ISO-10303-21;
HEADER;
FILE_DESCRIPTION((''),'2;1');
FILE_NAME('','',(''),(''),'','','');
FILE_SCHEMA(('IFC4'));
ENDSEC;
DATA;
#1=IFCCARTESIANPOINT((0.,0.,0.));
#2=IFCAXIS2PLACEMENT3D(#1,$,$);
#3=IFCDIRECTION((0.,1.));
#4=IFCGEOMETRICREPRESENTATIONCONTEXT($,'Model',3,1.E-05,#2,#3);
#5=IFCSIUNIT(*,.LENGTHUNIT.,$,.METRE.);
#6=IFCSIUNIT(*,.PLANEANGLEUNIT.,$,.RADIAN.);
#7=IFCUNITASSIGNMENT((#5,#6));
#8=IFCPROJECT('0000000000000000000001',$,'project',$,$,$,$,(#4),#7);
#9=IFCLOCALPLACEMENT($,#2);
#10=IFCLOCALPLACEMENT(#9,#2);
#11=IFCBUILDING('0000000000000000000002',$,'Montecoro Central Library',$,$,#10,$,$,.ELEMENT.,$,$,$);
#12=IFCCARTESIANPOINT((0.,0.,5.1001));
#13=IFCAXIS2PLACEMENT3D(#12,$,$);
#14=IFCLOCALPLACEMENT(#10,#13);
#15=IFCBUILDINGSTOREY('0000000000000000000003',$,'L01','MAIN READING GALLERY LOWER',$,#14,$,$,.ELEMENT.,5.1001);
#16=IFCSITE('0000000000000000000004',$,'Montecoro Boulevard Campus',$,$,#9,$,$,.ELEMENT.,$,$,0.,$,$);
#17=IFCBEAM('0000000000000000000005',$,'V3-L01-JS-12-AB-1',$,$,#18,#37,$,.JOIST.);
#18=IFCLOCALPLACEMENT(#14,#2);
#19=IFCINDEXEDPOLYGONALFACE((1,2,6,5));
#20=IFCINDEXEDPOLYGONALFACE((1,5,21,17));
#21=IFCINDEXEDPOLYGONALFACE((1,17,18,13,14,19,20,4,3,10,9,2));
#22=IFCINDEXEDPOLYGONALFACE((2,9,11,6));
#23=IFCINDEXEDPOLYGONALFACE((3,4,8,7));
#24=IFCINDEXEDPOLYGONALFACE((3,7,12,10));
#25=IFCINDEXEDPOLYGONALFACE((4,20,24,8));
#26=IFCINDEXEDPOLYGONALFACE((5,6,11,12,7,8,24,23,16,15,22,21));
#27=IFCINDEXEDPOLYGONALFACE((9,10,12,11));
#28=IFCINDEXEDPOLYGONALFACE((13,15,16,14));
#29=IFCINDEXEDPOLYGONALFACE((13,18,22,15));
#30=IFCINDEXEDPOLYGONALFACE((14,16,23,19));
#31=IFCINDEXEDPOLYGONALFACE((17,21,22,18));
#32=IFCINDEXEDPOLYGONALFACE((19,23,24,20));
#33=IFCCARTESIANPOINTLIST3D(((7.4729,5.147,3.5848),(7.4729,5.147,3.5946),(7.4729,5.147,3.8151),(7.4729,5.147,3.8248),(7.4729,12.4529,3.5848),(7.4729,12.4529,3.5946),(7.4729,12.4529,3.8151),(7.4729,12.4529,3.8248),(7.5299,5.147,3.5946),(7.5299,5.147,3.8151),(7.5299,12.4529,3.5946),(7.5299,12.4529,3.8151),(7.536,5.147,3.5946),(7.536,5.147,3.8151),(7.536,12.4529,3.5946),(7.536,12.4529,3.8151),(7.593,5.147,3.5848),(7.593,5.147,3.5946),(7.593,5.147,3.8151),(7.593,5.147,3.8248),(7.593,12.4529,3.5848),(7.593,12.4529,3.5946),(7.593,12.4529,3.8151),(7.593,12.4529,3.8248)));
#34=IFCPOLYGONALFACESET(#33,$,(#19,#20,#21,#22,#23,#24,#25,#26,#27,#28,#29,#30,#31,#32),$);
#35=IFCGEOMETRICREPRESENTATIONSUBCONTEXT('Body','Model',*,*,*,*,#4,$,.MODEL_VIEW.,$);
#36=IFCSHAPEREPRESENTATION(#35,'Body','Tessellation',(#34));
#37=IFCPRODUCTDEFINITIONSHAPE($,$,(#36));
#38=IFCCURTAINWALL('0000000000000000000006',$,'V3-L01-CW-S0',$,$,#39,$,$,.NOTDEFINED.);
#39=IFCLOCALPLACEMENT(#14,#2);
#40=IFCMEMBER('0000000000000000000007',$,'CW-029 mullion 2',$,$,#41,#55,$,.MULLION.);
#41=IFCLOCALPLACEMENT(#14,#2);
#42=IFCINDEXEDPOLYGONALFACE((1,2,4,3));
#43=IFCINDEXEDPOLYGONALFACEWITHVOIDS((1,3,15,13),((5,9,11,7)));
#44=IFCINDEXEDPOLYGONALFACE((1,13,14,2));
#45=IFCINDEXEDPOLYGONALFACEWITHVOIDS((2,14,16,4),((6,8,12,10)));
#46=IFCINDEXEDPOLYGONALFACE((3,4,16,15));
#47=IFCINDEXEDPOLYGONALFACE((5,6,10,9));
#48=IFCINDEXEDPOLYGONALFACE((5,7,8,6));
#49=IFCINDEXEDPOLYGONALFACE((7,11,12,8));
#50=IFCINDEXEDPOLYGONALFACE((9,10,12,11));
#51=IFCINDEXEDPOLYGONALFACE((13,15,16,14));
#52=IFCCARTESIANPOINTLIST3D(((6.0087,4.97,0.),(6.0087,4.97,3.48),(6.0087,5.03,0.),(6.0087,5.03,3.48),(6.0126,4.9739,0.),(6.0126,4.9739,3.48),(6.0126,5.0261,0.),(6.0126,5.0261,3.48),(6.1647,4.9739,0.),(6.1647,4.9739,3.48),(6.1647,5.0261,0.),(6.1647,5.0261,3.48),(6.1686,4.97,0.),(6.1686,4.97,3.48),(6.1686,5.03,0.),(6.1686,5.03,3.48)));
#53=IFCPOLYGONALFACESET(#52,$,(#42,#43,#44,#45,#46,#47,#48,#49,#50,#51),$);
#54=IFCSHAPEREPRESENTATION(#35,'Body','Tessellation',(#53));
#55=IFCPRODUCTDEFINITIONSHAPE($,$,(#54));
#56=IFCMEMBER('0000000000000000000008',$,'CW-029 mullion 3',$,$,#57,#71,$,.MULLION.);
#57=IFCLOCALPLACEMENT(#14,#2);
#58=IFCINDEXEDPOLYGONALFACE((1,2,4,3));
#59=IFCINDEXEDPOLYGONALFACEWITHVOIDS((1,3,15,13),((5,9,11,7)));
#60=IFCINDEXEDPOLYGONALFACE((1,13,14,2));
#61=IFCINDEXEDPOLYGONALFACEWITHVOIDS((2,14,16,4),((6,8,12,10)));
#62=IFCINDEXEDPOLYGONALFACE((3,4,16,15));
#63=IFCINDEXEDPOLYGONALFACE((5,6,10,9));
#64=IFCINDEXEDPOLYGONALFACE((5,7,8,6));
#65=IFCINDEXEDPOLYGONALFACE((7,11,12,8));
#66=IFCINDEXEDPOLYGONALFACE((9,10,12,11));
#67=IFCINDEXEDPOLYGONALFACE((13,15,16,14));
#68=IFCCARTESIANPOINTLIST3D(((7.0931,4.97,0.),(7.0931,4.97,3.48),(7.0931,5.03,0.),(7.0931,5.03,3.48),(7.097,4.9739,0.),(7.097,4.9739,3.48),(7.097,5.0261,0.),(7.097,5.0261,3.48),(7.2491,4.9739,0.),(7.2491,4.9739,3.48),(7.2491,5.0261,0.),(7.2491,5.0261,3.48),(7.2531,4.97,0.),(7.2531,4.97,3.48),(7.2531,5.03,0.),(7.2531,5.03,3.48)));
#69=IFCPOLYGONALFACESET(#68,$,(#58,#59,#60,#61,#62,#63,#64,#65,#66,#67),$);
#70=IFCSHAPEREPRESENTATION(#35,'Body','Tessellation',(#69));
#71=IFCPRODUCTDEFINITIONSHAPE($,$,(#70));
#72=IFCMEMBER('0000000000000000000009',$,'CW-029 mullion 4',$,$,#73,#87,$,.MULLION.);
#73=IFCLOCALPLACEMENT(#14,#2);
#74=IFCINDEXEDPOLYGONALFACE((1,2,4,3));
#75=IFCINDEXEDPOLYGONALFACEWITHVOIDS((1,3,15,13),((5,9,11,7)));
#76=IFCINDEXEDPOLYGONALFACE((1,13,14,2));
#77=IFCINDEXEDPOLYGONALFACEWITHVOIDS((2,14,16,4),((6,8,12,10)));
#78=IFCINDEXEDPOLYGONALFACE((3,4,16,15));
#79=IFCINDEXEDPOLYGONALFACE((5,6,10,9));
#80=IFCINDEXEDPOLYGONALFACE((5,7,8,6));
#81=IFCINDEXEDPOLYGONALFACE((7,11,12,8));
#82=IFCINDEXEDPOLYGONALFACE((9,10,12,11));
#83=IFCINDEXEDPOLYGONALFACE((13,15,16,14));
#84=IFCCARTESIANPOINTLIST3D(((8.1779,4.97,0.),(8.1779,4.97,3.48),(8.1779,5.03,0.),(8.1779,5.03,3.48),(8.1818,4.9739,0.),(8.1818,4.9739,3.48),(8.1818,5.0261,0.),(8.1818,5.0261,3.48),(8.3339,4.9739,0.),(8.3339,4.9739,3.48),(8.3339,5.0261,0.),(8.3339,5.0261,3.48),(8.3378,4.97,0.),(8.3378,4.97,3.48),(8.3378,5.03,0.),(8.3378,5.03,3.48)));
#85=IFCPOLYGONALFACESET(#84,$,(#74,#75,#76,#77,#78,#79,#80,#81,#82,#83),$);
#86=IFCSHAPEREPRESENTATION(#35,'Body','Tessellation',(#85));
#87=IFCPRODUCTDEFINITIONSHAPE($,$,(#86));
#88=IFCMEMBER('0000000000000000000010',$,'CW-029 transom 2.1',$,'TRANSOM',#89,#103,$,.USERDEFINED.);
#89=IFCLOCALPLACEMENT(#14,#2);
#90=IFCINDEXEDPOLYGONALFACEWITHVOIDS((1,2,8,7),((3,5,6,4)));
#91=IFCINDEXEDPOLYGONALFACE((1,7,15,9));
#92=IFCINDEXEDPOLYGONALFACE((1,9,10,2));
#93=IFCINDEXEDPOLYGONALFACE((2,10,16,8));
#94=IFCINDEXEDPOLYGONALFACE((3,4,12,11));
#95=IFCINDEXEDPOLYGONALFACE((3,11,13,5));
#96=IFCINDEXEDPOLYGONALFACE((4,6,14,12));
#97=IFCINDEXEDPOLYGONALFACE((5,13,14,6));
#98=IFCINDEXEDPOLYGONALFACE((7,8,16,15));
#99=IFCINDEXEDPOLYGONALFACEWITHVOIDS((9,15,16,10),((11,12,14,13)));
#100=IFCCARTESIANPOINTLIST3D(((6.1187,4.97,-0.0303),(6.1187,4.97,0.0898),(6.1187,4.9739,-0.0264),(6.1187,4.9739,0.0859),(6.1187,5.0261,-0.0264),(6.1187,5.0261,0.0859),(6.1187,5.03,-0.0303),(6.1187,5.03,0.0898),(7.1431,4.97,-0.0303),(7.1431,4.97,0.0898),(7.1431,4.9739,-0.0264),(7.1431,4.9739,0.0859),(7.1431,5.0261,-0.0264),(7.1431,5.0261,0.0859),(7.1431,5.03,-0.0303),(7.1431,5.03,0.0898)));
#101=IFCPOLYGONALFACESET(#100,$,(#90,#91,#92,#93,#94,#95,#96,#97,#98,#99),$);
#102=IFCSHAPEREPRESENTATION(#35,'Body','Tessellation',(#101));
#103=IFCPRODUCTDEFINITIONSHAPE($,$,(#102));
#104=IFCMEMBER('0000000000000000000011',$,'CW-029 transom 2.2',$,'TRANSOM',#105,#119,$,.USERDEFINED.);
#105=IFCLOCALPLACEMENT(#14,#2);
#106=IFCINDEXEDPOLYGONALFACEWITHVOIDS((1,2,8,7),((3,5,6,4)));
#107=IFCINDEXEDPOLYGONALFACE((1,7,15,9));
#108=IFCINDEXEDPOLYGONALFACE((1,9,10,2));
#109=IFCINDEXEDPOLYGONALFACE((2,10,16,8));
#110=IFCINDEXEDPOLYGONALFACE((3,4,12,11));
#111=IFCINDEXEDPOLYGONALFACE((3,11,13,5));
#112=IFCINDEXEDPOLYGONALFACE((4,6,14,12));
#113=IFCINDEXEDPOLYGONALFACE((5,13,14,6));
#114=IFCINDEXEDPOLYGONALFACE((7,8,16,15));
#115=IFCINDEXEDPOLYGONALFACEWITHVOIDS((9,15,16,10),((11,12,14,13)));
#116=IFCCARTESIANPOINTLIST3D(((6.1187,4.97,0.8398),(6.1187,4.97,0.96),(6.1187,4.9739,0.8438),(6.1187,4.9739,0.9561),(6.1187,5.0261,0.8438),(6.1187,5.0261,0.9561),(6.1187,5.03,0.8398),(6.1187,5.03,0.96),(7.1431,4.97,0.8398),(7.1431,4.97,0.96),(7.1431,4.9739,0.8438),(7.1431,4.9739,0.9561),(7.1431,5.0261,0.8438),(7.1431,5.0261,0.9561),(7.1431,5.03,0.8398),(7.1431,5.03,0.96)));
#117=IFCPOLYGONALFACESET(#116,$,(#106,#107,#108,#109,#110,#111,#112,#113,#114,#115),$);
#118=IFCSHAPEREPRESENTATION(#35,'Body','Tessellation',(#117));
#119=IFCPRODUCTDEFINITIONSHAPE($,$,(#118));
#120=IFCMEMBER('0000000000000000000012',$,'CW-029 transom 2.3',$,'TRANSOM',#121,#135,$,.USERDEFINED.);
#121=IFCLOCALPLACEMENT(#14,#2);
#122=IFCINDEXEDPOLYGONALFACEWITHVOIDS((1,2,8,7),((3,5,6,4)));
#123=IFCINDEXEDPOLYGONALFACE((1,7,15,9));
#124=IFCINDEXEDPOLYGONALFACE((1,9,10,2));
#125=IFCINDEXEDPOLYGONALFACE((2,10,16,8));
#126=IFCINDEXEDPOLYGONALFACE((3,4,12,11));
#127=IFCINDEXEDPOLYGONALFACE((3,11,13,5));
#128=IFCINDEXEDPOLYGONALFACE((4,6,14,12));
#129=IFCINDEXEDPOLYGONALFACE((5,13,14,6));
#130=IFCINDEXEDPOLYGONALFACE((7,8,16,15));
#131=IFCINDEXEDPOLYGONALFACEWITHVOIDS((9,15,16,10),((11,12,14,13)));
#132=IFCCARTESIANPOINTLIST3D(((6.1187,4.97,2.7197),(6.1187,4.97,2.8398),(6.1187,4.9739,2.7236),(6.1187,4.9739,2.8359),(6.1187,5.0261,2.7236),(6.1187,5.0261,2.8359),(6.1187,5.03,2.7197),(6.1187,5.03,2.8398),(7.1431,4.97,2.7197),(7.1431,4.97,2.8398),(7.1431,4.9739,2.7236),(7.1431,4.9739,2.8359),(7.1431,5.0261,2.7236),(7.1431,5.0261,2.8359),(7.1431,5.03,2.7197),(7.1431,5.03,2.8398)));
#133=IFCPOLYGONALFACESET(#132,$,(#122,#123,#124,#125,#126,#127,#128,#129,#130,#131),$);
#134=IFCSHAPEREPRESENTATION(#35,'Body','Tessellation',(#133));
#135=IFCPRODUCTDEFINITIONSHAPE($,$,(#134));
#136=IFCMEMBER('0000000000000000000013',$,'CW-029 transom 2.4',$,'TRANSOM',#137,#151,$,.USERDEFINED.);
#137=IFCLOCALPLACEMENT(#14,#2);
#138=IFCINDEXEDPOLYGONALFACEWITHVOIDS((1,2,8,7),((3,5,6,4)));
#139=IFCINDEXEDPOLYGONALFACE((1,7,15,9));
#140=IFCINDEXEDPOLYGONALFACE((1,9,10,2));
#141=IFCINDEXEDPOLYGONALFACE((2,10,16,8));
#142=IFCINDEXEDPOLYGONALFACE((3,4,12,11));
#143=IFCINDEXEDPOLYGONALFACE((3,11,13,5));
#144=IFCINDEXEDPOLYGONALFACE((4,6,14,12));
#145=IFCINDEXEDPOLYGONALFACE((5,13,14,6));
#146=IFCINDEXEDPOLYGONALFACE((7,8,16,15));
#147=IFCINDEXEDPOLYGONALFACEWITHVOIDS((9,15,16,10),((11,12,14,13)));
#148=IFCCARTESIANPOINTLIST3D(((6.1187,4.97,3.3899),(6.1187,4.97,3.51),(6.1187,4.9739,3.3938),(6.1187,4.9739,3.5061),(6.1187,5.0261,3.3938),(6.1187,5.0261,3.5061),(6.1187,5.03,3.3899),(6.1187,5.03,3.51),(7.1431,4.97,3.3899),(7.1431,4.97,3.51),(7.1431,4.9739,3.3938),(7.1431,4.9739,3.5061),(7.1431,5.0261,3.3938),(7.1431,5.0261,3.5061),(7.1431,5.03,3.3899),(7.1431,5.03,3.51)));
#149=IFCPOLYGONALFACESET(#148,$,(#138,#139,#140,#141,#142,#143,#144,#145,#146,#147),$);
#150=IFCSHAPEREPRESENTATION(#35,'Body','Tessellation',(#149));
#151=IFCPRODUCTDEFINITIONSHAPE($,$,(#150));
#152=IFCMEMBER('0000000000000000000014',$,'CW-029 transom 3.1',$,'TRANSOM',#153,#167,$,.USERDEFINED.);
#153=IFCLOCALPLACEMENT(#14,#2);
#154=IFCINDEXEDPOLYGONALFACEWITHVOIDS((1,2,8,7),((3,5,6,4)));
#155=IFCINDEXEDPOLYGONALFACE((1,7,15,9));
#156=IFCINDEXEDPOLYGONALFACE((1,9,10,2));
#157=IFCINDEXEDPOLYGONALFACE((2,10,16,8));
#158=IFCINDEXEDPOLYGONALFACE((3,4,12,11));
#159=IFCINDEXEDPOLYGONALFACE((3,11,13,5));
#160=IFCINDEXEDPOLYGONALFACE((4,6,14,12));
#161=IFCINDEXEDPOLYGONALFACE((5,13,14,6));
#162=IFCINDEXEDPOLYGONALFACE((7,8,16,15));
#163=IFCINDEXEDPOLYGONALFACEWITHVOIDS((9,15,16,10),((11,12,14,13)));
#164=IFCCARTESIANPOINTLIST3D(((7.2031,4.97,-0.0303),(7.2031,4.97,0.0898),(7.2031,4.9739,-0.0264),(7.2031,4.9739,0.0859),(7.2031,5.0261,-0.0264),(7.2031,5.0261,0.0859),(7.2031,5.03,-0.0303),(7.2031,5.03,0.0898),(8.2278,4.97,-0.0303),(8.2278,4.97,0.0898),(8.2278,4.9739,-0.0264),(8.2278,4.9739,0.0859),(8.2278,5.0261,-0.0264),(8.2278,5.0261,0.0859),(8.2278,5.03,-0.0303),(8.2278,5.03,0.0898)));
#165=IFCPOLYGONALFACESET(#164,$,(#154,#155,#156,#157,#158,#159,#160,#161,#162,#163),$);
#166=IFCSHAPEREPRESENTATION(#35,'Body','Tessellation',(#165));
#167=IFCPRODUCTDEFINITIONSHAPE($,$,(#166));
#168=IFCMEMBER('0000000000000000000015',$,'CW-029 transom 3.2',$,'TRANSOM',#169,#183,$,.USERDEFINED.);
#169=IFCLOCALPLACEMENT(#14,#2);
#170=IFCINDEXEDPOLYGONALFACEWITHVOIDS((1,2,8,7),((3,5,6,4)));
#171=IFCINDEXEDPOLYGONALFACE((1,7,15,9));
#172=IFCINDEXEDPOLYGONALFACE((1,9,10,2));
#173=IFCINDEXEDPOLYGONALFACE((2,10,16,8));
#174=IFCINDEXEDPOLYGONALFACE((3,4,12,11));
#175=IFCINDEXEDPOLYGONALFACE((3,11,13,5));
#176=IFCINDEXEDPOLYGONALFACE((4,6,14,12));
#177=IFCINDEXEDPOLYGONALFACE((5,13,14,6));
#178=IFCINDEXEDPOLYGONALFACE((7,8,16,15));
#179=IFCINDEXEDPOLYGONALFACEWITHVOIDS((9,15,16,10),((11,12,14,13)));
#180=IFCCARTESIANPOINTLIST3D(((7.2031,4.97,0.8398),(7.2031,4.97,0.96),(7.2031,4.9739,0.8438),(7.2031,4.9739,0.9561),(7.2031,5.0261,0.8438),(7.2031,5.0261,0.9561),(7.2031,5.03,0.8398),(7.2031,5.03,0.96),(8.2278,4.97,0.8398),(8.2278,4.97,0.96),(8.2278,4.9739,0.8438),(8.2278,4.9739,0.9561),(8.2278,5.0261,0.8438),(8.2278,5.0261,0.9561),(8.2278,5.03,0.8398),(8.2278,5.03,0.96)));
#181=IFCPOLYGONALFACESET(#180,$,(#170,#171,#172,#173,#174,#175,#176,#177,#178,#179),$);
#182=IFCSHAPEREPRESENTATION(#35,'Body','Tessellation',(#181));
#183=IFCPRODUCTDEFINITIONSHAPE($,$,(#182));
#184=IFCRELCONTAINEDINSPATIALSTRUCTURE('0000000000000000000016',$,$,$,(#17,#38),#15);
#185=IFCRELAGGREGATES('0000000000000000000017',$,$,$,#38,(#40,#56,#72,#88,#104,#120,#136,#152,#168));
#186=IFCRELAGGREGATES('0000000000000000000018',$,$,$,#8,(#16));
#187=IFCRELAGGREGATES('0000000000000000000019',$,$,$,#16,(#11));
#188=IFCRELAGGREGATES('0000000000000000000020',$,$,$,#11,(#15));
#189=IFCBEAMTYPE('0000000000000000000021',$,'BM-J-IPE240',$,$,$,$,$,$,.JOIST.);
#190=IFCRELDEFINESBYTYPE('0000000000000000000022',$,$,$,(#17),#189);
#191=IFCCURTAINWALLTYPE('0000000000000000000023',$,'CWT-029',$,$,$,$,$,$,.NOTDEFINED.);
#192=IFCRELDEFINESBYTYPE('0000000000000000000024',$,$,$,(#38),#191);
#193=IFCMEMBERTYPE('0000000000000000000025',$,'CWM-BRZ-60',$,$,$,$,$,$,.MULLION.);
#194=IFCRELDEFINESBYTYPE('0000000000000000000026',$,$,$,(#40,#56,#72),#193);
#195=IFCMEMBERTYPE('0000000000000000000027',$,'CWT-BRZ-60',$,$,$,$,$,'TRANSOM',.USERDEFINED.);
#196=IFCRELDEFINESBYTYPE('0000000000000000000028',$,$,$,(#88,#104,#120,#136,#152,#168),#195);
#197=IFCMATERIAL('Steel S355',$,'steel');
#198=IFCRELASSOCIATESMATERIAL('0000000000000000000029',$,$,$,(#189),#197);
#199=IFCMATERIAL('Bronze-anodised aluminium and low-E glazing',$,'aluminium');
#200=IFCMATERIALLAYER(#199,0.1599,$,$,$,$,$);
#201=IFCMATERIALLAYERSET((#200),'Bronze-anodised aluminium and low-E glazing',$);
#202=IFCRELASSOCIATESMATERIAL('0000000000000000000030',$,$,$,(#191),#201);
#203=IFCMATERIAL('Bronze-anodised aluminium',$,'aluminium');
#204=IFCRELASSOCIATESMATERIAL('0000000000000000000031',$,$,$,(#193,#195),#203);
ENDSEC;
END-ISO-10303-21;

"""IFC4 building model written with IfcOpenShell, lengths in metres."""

from ifc_helpers import new_model, si_unit, direction, frame, origin, origin_2d, place, context, subcontext, project, spatial, hollow_rectangle, i_section, extrude, material, layer, layer_set, material_profile, profile_set, type_object, element, aggregate, save


model = new_model("IFC4")

# Units and contexts
model_context = context("Model", 3, precision=1e-05, world=origin(), true_north=direction((0.0, 1.0)))
body_context = subcontext(model_context, "Body", "Model", "MODEL_VIEW")
ifc_project = project(units=[si_unit("LENGTHUNIT", "METRE"), si_unit("PLANEANGLEUNIT", "RADIAN")], contexts=[model_context])

# Site, building, storey
site_placement = place(None, origin())
site = spatial("IfcSite", under=ifc_project, at=site_placement, Name="Montecoro Boulevard Campus", CompositionType="ELEMENT", RefElevation=0.0)
building_placement = place(site_placement, origin())
building = spatial("IfcBuilding", under=site, at=building_placement, Name="Montecoro Central Library", CompositionType="ELEMENT")
storey_placement = place(building_placement, frame((0.0, 0.0, 5.1001)))
storey = spatial("IfcBuildingStorey", under=building, at=storey_placement, Name="L01", Description="MAIN READING GALLERY LOWER", CompositionType="ELEMENT", Elevation=5.1001)

# Beam
ifc_material_1 = material(Name="Steel S355", Category="steel")
ifc_material_profile_1 = material_profile(ifc_material_1, i_section(OverallWidth=0.1201, OverallDepth=0.24, WebThickness=0.0061, FlangeThickness=0.0098, at=origin_2d()), Name="IPE 240")
ifc_profile_set_1 = profile_set([ifc_material_profile_1], Name="Steel S355")
beam_type = type_object("IfcBeamType", Name="BM-J-IPE240", PredefinedType="JOIST", material=ifc_profile_set_1)
beam_placement = place(storey_placement, frame((7.533, 5.147, 3.7048), z_axis=(0.0, 1.0, 0.0), x_axis=(-1.0, 0.0, 0.0)))
element("IfcBeam", 1, at=beam_placement, inside=storey, type_object=beam_type, Name="V3-L01-JS-12-AB-1", PredefinedType="JOIST", context=body_context, shape_type="SweptSolid", body=[
    extrude(i_section(OverallWidth=0.1201, OverallDepth=0.24, WebThickness=0.0061, FlangeThickness=0.0098, at=origin_2d()), origin(), (0.0, 0.0, 1.0), 7.3059),
])

# Curtain wall, members
ifc_material_2 = material(Name="Bronze-anodised aluminium and low-E glazing", Category="aluminium")
ifc_layer_1 = layer(ifc_material_2, 0.1599)
ifc_layer_set_1 = layer_set([ifc_layer_1], Name="Bronze-anodised aluminium and low-E glazing")
curtain_wall_type = type_object("IfcCurtainWallType", Name="CWT-029", PredefinedType="NOTDEFINED", material=ifc_layer_set_1)
curtain_wall_placement = place(storey_placement, origin())
curtain_wall = element("IfcCurtainWall", 2, at=curtain_wall_placement, inside=storey, type_object=curtain_wall_type, Name="V3-L01-CW-S0", PredefinedType="NOTDEFINED")
ifc_material_3 = material(Name="Bronze-anodised aluminium", Category="aluminium")
ifc_material_profile_2 = material_profile(ifc_material_3, hollow_rectangle(XDim=0.0601, YDim=0.1599, WallThickness=0.0039, at=origin_2d()), Name="CWM 160x60x4.0")
ifc_profile_set_2 = profile_set([ifc_material_profile_2], Name="Bronze-anodised aluminium")
member_type_1 = type_object("IfcMemberType", Name="CWM-BRZ-60", PredefinedType="MULLION", material=ifc_profile_set_2)
member_1_placement = place(storey_placement, frame((6.0886, 5.0, 0.0), z_axis=(0.0, 0.0, 1.0), x_axis=(0.0, 1.0, 0.0)))
member_1 = element("IfcMember", 3, at=member_1_placement, type_object=member_type_1, Name="CW-029 mullion 2", PredefinedType="MULLION", context=body_context, shape_type="SweptSolid", body=[
    extrude(hollow_rectangle(XDim=0.0601, YDim=0.1599, WallThickness=0.0039, at=origin_2d()), origin(), (0.0, 0.0, 1.0), 3.48),
])
member_2_placement = place(storey_placement, frame((7.1731, 5.0, 0.0), z_axis=(0.0, 0.0, 1.0), x_axis=(0.0, 1.0, 0.0)))
member_2 = element("IfcMember", 4, at=member_2_placement, type_object=member_type_1, Name="CW-029 mullion 3", PredefinedType="MULLION", context=body_context, shape_type="SweptSolid", body=[
    extrude(hollow_rectangle(XDim=0.0601, YDim=0.1599, WallThickness=0.0039, at=origin_2d()), origin(), (0.0, 0.0, 1.0), 3.48),
])
member_3_placement = place(storey_placement, frame((8.2578, 5.0, 0.0), z_axis=(0.0, 0.0, 1.0), x_axis=(0.0, 1.0, 0.0)))
member_3 = element("IfcMember", 5, at=member_3_placement, type_object=member_type_1, Name="CW-029 mullion 4", PredefinedType="MULLION", context=body_context, shape_type="SweptSolid", body=[
    extrude(hollow_rectangle(XDim=0.0601, YDim=0.1599, WallThickness=0.0039, at=origin_2d()), origin(), (0.0, 0.0, 1.0), 3.48),
])
ifc_material_profile_3 = material_profile(ifc_material_3, hollow_rectangle(XDim=0.0601, YDim=0.1201, WallThickness=0.0039, at=origin_2d()), Name="CWT 120x60x4.0")
ifc_profile_set_3 = profile_set([ifc_material_profile_3], Name="Bronze-anodised aluminium")
member_type_2 = type_object("IfcMemberType", Name="CWT-BRZ-60", ElementType="TRANSOM", PredefinedType="USERDEFINED", material=ifc_profile_set_3)
member_4_placement = place(storey_placement, frame((6.1187, 5.0, 0.0298), z_axis=(1.0, 0.0, 0.0), x_axis=(0.0, 1.0, 0.0)))
member_4 = element("IfcMember", 6, at=member_4_placement, type_object=member_type_2, Name="CW-029 transom 2.1", ObjectType="TRANSOM", PredefinedType="USERDEFINED", context=body_context, shape_type="SweptSolid", body=[
    extrude(hollow_rectangle(XDim=0.0601, YDim=0.1201, WallThickness=0.0039, at=origin_2d()), origin(), (0.0, 0.0, 1.0), 1.0244),
])
member_5_placement = place(storey_placement, frame((6.1187, 5.0, 0.8999), z_axis=(1.0, 0.0, 0.0), x_axis=(0.0, 1.0, 0.0)))
member_5 = element("IfcMember", 7, at=member_5_placement, type_object=member_type_2, Name="CW-029 transom 2.2", ObjectType="TRANSOM", PredefinedType="USERDEFINED", context=body_context, shape_type="SweptSolid", body=[
    extrude(hollow_rectangle(XDim=0.0601, YDim=0.1201, WallThickness=0.0039, at=origin_2d()), origin(), (0.0, 0.0, 1.0), 1.0244),
])
member_6_placement = place(storey_placement, frame((6.1187, 5.0, 2.7798), z_axis=(1.0, 0.0, 0.0), x_axis=(0.0, 1.0, 0.0)))
member_6 = element("IfcMember", 8, at=member_6_placement, type_object=member_type_2, Name="CW-029 transom 2.3", ObjectType="TRANSOM", PredefinedType="USERDEFINED", context=body_context, shape_type="SweptSolid", body=[
    extrude(hollow_rectangle(XDim=0.0601, YDim=0.1201, WallThickness=0.0039, at=origin_2d()), origin(), (0.0, 0.0, 1.0), 1.0244),
])
member_7_placement = place(storey_placement, frame((6.1187, 5.0, 3.45), z_axis=(1.0, 0.0, 0.0), x_axis=(0.0, 1.0, 0.0)))
member_7 = element("IfcMember", 9, at=member_7_placement, type_object=member_type_2, Name="CW-029 transom 2.4", ObjectType="TRANSOM", PredefinedType="USERDEFINED", context=body_context, shape_type="SweptSolid", body=[
    extrude(hollow_rectangle(XDim=0.0601, YDim=0.1201, WallThickness=0.0039, at=origin_2d()), origin(), (0.0, 0.0, 1.0), 1.0244),
])
member_8_placement = place(storey_placement, frame((7.2031, 5.0, 0.0298), z_axis=(1.0, 0.0, 0.0), x_axis=(0.0, 1.0, 0.0)))
member_8 = element("IfcMember", 10, at=member_8_placement, type_object=member_type_2, Name="CW-029 transom 3.1", ObjectType="TRANSOM", PredefinedType="USERDEFINED", context=body_context, shape_type="SweptSolid", body=[
    extrude(hollow_rectangle(XDim=0.0601, YDim=0.1201, WallThickness=0.0039, at=origin_2d()), origin(), (0.0, 0.0, 1.0), 1.0247),
])
member_9_placement = place(storey_placement, frame((7.2031, 5.0, 0.8999), z_axis=(1.0, 0.0, 0.0), x_axis=(0.0, 1.0, 0.0)))
member_9 = element("IfcMember", 11, at=member_9_placement, type_object=member_type_2, Name="CW-029 transom 3.2", ObjectType="TRANSOM", PredefinedType="USERDEFINED", context=body_context, shape_type="SweptSolid", body=[
    extrude(hollow_rectangle(XDim=0.0601, YDim=0.1201, WallThickness=0.0039, at=origin_2d()), origin(), (0.0, 0.0, 1.0), 1.0247),
])
aggregate(curtain_wall, [member_1, member_2, member_3, member_4, member_5, member_6, member_7, member_8, member_9])

save(model, "model.ifc")
